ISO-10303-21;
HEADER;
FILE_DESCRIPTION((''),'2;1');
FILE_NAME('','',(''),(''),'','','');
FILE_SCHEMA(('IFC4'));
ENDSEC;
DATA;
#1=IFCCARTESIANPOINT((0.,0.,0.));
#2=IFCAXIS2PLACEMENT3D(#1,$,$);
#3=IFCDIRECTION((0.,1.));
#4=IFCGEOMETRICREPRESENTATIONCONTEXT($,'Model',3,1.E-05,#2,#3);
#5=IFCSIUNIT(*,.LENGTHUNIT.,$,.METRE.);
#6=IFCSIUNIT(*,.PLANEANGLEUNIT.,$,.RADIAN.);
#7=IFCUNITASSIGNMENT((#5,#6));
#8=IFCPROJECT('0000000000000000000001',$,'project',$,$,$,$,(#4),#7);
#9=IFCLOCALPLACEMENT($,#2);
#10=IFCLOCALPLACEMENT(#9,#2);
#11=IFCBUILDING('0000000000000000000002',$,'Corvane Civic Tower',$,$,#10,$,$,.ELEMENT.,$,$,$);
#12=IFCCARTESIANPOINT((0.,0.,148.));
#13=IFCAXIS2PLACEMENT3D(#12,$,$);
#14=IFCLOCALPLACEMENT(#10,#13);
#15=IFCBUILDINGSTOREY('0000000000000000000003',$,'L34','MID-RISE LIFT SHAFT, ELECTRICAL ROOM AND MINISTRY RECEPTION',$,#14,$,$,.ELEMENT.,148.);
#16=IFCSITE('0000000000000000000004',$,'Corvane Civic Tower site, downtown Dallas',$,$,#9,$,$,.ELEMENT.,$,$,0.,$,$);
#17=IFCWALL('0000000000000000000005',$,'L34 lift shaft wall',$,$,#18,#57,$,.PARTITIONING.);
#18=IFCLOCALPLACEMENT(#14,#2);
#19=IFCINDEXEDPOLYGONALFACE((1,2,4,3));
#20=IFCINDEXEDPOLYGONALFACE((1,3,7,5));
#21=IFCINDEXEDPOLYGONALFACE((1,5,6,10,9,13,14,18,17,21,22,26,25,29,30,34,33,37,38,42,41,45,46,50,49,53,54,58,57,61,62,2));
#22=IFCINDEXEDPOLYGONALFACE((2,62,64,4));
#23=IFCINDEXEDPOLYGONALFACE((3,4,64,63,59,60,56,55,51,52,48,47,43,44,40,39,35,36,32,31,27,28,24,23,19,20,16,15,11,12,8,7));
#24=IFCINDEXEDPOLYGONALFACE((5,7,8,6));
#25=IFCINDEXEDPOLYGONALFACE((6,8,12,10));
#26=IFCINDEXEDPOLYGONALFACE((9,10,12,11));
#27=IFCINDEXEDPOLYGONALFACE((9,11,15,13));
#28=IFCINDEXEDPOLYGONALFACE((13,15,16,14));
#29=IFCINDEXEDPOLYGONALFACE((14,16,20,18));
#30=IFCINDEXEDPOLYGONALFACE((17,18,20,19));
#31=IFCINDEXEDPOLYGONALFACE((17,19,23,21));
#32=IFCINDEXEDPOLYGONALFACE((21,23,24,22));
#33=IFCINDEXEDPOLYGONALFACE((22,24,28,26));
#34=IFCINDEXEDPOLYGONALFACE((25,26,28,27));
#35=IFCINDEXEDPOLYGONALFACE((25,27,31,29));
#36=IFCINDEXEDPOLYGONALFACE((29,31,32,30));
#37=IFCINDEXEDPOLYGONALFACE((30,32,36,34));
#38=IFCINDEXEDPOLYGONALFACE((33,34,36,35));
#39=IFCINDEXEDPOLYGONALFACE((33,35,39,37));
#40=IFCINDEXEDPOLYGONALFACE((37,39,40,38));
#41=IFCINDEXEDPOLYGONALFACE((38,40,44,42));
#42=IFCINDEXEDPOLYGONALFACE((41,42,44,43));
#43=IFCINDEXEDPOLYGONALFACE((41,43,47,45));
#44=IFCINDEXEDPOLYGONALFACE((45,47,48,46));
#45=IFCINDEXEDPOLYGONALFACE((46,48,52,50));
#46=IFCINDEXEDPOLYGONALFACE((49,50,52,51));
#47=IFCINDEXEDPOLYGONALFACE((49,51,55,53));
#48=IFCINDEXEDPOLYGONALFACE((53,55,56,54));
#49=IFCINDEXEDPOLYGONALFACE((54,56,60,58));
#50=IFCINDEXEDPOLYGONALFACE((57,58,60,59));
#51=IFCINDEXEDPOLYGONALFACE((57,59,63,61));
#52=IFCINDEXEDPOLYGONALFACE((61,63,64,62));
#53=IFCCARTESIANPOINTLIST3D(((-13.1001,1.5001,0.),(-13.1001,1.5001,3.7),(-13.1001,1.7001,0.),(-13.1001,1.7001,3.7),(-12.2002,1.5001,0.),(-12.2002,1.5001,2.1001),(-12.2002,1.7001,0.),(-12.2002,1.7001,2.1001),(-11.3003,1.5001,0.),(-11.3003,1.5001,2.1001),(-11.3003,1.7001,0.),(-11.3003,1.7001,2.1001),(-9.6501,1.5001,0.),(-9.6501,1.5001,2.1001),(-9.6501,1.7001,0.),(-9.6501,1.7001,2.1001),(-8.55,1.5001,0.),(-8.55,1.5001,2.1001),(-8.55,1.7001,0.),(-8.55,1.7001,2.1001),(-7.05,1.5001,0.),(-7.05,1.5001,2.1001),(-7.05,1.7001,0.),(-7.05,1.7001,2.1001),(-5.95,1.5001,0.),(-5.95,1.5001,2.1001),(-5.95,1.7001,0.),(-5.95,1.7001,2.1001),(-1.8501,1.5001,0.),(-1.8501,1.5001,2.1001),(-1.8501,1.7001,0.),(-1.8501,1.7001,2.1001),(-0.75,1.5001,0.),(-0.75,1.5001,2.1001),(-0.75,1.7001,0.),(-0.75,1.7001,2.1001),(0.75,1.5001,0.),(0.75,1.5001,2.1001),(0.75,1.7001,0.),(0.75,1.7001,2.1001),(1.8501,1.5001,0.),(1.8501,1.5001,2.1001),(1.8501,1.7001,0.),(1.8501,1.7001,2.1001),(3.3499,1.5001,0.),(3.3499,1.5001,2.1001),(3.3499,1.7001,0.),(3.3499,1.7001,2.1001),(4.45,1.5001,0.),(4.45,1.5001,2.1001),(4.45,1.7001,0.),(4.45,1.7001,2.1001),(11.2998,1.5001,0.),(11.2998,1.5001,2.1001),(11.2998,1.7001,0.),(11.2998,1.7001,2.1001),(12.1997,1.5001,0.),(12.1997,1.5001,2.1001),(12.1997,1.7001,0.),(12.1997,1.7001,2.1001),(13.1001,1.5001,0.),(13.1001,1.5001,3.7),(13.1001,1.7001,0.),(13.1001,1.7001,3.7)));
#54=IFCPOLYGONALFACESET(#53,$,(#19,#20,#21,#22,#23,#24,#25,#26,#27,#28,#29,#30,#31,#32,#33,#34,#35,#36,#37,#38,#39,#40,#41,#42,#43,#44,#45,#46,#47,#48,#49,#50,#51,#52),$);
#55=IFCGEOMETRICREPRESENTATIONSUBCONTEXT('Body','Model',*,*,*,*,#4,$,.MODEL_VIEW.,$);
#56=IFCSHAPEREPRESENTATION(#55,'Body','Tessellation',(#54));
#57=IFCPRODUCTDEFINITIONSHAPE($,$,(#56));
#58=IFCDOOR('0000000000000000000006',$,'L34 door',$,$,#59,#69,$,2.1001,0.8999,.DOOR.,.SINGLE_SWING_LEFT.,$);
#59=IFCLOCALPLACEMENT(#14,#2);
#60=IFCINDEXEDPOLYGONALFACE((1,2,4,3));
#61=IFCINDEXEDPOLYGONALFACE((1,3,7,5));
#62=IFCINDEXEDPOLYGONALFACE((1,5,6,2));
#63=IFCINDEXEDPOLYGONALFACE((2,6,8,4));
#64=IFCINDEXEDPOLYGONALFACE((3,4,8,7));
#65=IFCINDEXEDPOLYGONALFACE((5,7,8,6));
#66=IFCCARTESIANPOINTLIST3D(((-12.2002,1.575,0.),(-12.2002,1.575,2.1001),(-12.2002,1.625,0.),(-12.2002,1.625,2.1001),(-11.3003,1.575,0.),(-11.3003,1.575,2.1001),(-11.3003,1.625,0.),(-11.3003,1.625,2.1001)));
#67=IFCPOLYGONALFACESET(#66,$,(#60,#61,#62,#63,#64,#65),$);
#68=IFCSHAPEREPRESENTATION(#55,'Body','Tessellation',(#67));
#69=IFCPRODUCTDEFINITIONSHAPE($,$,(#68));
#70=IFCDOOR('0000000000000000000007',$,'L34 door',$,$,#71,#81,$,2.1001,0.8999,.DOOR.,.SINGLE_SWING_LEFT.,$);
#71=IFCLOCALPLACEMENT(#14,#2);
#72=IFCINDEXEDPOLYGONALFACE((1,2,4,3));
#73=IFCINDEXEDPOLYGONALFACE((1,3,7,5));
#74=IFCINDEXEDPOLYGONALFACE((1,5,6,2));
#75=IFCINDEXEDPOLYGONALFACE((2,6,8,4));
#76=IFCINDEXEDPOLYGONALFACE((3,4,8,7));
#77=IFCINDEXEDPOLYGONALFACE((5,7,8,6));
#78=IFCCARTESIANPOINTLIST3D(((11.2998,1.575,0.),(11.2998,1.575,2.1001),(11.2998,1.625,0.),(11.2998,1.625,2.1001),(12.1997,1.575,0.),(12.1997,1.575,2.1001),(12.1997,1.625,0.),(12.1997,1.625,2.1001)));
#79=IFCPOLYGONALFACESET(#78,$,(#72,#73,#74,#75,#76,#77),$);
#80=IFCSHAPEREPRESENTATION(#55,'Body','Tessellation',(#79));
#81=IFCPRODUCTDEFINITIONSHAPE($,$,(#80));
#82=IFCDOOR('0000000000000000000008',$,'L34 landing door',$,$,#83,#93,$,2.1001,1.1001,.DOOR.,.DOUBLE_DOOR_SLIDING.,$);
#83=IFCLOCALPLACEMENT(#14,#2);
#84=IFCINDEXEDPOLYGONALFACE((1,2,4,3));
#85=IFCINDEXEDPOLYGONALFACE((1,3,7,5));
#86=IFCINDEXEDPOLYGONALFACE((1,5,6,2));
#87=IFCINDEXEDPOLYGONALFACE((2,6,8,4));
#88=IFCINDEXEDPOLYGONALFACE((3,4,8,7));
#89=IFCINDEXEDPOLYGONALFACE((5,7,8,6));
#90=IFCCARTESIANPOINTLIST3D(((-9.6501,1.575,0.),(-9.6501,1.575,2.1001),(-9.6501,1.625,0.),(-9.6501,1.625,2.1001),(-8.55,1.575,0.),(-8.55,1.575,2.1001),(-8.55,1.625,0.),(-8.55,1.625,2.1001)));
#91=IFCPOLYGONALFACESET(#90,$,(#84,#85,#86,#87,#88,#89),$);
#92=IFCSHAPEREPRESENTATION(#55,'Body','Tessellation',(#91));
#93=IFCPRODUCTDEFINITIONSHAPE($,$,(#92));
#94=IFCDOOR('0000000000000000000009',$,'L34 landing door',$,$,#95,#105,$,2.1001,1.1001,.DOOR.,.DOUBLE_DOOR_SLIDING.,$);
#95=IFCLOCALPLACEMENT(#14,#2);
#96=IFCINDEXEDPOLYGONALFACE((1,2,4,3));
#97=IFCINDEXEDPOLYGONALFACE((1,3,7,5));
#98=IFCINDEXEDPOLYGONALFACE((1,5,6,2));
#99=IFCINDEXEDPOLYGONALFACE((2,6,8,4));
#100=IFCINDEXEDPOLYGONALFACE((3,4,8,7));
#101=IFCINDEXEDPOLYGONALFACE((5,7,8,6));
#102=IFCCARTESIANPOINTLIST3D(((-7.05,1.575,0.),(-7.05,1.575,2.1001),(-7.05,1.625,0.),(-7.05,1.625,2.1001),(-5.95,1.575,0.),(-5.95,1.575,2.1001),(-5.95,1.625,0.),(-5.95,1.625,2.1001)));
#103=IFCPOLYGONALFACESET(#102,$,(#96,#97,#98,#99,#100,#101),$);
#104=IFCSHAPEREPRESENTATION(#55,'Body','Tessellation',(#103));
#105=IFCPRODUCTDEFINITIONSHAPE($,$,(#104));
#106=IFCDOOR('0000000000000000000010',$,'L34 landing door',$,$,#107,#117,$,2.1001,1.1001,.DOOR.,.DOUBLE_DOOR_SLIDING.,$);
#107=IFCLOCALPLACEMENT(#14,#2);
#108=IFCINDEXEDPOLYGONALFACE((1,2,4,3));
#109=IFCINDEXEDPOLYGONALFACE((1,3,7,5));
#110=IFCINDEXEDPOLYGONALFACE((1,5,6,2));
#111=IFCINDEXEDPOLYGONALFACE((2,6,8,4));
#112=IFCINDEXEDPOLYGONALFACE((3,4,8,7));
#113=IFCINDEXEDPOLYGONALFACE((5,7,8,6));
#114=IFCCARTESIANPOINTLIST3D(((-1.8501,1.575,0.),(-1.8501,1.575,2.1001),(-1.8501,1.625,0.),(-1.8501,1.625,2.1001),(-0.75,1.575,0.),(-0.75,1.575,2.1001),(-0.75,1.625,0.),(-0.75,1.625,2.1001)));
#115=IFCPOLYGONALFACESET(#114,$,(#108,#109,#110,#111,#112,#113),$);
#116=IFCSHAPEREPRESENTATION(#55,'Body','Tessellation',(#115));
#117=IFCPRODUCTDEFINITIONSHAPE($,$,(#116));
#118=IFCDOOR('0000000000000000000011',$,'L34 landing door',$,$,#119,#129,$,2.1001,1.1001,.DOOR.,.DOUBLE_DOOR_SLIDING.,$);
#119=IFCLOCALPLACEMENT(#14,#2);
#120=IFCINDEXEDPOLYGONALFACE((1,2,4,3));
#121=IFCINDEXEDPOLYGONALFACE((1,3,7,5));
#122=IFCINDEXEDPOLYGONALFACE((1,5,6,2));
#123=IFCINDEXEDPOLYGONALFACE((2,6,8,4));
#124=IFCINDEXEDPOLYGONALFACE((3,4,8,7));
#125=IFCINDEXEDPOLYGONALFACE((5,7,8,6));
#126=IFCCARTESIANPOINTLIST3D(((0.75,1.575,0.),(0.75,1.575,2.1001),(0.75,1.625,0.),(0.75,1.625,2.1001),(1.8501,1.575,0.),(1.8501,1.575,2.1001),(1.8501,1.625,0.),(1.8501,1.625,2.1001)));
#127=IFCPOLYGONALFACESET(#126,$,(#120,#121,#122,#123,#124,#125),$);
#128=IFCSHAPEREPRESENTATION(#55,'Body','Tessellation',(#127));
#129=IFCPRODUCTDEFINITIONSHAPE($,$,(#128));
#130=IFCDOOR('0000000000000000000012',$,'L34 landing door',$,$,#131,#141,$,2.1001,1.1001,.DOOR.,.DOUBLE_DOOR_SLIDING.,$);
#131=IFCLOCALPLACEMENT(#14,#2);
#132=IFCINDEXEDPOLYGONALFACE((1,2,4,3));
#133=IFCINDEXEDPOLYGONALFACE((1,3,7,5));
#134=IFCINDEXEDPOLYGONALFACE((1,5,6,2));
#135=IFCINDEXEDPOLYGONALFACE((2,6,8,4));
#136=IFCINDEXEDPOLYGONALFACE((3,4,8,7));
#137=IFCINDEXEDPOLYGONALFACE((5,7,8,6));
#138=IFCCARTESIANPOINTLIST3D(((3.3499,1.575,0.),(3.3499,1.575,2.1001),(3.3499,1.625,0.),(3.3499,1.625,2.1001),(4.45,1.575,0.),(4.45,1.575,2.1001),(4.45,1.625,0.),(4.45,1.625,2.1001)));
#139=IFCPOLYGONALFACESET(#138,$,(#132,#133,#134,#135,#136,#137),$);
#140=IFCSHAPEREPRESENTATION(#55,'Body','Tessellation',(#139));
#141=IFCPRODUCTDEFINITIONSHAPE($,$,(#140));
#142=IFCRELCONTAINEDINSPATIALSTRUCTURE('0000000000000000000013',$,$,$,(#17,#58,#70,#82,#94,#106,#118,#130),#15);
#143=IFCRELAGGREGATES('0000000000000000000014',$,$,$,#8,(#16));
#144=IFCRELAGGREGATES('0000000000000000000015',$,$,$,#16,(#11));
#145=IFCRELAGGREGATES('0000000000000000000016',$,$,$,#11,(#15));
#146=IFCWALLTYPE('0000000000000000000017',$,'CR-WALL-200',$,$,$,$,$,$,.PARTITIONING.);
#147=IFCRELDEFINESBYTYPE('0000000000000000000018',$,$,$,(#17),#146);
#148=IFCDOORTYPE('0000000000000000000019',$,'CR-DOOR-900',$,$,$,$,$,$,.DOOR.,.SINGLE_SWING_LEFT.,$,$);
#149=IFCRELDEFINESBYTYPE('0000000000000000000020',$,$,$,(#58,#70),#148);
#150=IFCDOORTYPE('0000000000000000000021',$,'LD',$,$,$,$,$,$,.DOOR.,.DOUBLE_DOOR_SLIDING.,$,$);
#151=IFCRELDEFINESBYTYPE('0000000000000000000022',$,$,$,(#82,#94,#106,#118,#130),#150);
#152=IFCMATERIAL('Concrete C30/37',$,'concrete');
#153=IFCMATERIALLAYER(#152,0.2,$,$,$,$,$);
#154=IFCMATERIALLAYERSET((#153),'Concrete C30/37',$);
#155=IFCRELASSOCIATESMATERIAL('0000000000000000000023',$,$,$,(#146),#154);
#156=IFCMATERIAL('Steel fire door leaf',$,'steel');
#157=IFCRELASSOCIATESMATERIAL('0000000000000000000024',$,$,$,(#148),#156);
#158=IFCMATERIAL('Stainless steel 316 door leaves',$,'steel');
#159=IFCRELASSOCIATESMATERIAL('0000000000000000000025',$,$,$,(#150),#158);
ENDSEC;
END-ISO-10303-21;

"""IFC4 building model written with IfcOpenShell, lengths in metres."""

from ifc_helpers import new_model, si_unit, direction, frame, frame_2d, origin, place, context, subcontext, project, spatial, rectangle, extrude, material, layer, layer_set, type_object, element, fill, save


model = new_model("IFC4")

# Units and contexts
model_context = context("Model", 3, precision=1e-05, world=origin(), true_north=direction((0.0, 1.0)))
body_context = subcontext(model_context, "Body", "Model", "MODEL_VIEW")
ifc_project = project(units=[si_unit("LENGTHUNIT", "METRE"), si_unit("PLANEANGLEUNIT", "RADIAN")], contexts=[model_context])

# Site, building, storey
site_placement = place(None, origin())
site = spatial("IfcSite", under=ifc_project, at=site_placement, Name="Corvane Civic Tower site, downtown Dallas", CompositionType="ELEMENT", RefElevation=0.0)
building_placement = place(site_placement, origin())
building = spatial("IfcBuilding", under=site, at=building_placement, Name="Corvane Civic Tower", CompositionType="ELEMENT")
storey_placement = place(building_placement, frame((0.0, 0.0, 148.0)))
storey = spatial("IfcBuildingStorey", under=building, at=storey_placement, Name="L34", Description="MID-RISE LIFT SHAFT, ELECTRICAL ROOM AND MINISTRY RECEPTION", CompositionType="ELEMENT", Elevation=148.0)

# Wall, openings, doors
ifc_material_1 = material(Name="Concrete C30/37", Category="concrete")
ifc_layer_1 = layer(ifc_material_1, 0.2)
ifc_layer_set_1 = layer_set([ifc_layer_1], Name="Concrete C30/37")
wall_type_1 = type_object("IfcWallType", Name="CR-WALL-200", PredefinedType="PARTITIONING", material=ifc_layer_set_1)
wall_1_placement = place(storey_placement, frame((-13.1001, 1.6001, 0.0), z_axis=(0.0, 0.0, 1.0), x_axis=(1.0, 0.0, 0.0)))
wall_1 = element("IfcWall", 1, at=wall_1_placement, inside=storey, type_object=wall_type_1, Name="L34 lift shaft wall", PredefinedType="PARTITIONING", context=body_context, shape_type="SweptSolid", body=[
    extrude(rectangle(XDim=26.2002, YDim=0.2, at=frame_2d((13.1001, 0.0))), origin(), (0.0, 0.0, 1.0), 3.7),
])
opening_1_placement = place(wall_1_placement, frame((3.45, 0.0, 0.0)))
opening_1 = element("IfcOpeningElement", 2, at=opening_1_placement, cuts=wall_1, PredefinedType="OPENING", context=body_context, shape_type="SweptSolid", body=[
    extrude(rectangle(XDim=1.1001, YDim=2.1001, at=frame_2d((0.55, 1.05))), frame((0.0, 0.1099, 0.0), z_axis=(0.0, -1.0, 0.0), x_axis=(1.0, 0.0, 0.0)), (0.0, 0.0, 1.0), 0.22),
])
opening_2_placement = place(wall_1_placement, frame((6.05, 0.0, 0.0)))
opening_2 = element("IfcOpeningElement", 3, at=opening_2_placement, cuts=wall_1, PredefinedType="OPENING", context=body_context, shape_type="SweptSolid", body=[
    extrude(rectangle(XDim=1.1001, YDim=2.1001, at=frame_2d((0.55, 1.05))), frame((0.0, 0.1099, 0.0), z_axis=(0.0, -1.0, 0.0), x_axis=(1.0, 0.0, 0.0)), (0.0, 0.0, 1.0), 0.22),
])
opening_3_placement = place(wall_1_placement, frame((11.25, 0.0, 0.0)))
opening_3 = element("IfcOpeningElement", 4, at=opening_3_placement, cuts=wall_1, PredefinedType="OPENING", context=body_context, shape_type="SweptSolid", body=[
    extrude(rectangle(XDim=1.1001, YDim=2.1001, at=frame_2d((0.55, 1.05))), frame((0.0, 0.1099, 0.0), z_axis=(0.0, -1.0, 0.0), x_axis=(1.0, 0.0, 0.0)), (0.0, 0.0, 1.0), 0.22),
])
opening_4_placement = place(wall_1_placement, frame((13.8501, 0.0, 0.0)))
opening_4 = element("IfcOpeningElement", 5, at=opening_4_placement, cuts=wall_1, PredefinedType="OPENING", context=body_context, shape_type="SweptSolid", body=[
    extrude(rectangle(XDim=1.1001, YDim=2.1001, at=frame_2d((0.55, 1.05))), frame((0.0, 0.1099, 0.0), z_axis=(0.0, -1.0, 0.0), x_axis=(1.0, 0.0, 0.0)), (0.0, 0.0, 1.0), 0.22),
])
opening_5_placement = place(wall_1_placement, frame((16.45, 0.0, 0.0)))
opening_5 = element("IfcOpeningElement", 6, at=opening_5_placement, cuts=wall_1, PredefinedType="OPENING", context=body_context, shape_type="SweptSolid", body=[
    extrude(rectangle(XDim=1.1001, YDim=2.1001, at=frame_2d((0.55, 1.05))), frame((0.0, 0.1099, 0.0), z_axis=(0.0, -1.0, 0.0), x_axis=(1.0, 0.0, 0.0)), (0.0, 0.0, 1.0), 0.22),
])
opening_6_placement = place(wall_1_placement, frame((0.8999, 0.0, 0.0)))
opening_6 = element("IfcOpeningElement", 7, at=opening_6_placement, cuts=wall_1, PredefinedType="OPENING", context=body_context, shape_type="SweptSolid", body=[
    extrude(rectangle(XDim=0.8999, YDim=2.1001, at=frame_2d((0.45, 1.05))), frame((0.0, 0.1099, 0.0), z_axis=(0.0, -1.0, 0.0), x_axis=(1.0, 0.0, 0.0)), (0.0, 0.0, 1.0), 0.22),
])
opening_7_placement = place(wall_1_placement, frame((24.3999, 0.0, 0.0)))
opening_7 = element("IfcOpeningElement", 8, at=opening_7_placement, cuts=wall_1, PredefinedType="OPENING", context=body_context, shape_type="SweptSolid", body=[
    extrude(rectangle(XDim=0.8999, YDim=2.1001, at=frame_2d((0.45, 1.05))), frame((0.0, 0.1099, 0.0), z_axis=(0.0, -1.0, 0.0), x_axis=(1.0, 0.0, 0.0)), (0.0, 0.0, 1.0), 0.22),
])
ifc_material_2 = material(Name="Steel fire door leaf", Category="steel")
door_type_1 = type_object("IfcDoorType", Name="CR-DOOR-900", OperationType="SINGLE_SWING_LEFT", PredefinedType="DOOR", material=ifc_material_2)
door_1_placement = place(opening_6_placement, origin())
door_1 = element("IfcDoor", 9, at=door_1_placement, inside=storey, type_object=door_type_1, Name="L34 door", OperationType="SINGLE_SWING_LEFT", OverallHeight=2.1001, OverallWidth=0.8999, PredefinedType="DOOR", context=body_context, shape_type="SweptSolid", body=[
    extrude(rectangle(XDim=0.8999, YDim=2.1001, at=frame_2d((0.45, 1.05))), frame((0.0, 0.0249, 0.0), z_axis=(0.0, -1.0, 0.0), x_axis=(1.0, 0.0, 0.0)), (0.0, 0.0, 1.0), 0.05),
])
fill(opening_6, door_1)
door_2_placement = place(opening_7_placement, origin())
door_2 = element("IfcDoor", 10, at=door_2_placement, inside=storey, type_object=door_type_1, Name="L34 door", OperationType="SINGLE_SWING_LEFT", OverallHeight=2.1001, OverallWidth=0.8999, PredefinedType="DOOR", context=body_context, shape_type="SweptSolid", body=[
    extrude(rectangle(XDim=0.8999, YDim=2.1001, at=frame_2d((0.45, 1.05))), frame((0.0, 0.0249, 0.0), z_axis=(0.0, -1.0, 0.0), x_axis=(1.0, 0.0, 0.0)), (0.0, 0.0, 1.0), 0.05),
])
fill(opening_7, door_2)
ifc_material_3 = material(Name="Stainless steel 316 door leaves", Category="steel")
door_type_2 = type_object("IfcDoorType", Name="LD", OperationType="DOUBLE_DOOR_SLIDING", PredefinedType="DOOR", material=ifc_material_3)
door_3_placement = place(opening_1_placement, origin())
door_3 = element("IfcDoor", 11, at=door_3_placement, inside=storey, type_object=door_type_2, Name="L34 landing door", OperationType="DOUBLE_DOOR_SLIDING", OverallHeight=2.1001, OverallWidth=1.1001, PredefinedType="DOOR", context=body_context, shape_type="SweptSolid", body=[
    extrude(rectangle(XDim=1.1001, YDim=2.1001, at=frame_2d((0.55, 1.05))), frame((0.0, 0.0249, 0.0), z_axis=(0.0, -1.0, 0.0), x_axis=(1.0, 0.0, 0.0)), (0.0, 0.0, 1.0), 0.05),
])
fill(opening_1, door_3)
door_4_placement = place(opening_2_placement, origin())
door_4 = element("IfcDoor", 12, at=door_4_placement, inside=storey, type_object=door_type_2, Name="L34 landing door", OperationType="DOUBLE_DOOR_SLIDING", OverallHeight=2.1001, OverallWidth=1.1001, PredefinedType="DOOR", context=body_context, shape_type="SweptSolid", body=[
    extrude(rectangle(XDim=1.1001, YDim=2.1001, at=frame_2d((0.55, 1.05))), frame((0.0, 0.0249, 0.0), z_axis=(0.0, -1.0, 0.0), x_axis=(1.0, 0.0, 0.0)), (0.0, 0.0, 1.0), 0.05),
])
fill(opening_2, door_4)
door_5_placement = place(opening_3_placement, origin())
door_5 = element("IfcDoor", 13, at=door_5_placement, inside=storey, type_object=door_type_2, Name="L34 landing door", OperationType="DOUBLE_DOOR_SLIDING", OverallHeight=2.1001, OverallWidth=1.1001, PredefinedType="DOOR", context=body_context, shape_type="SweptSolid", body=[
    extrude(rectangle(XDim=1.1001, YDim=2.1001, at=frame_2d((0.55, 1.05))), frame((0.0, 0.0249, 0.0), z_axis=(0.0, -1.0, 0.0), x_axis=(1.0, 0.0, 0.0)), (0.0, 0.0, 1.0), 0.05),
])
fill(opening_3, door_5)
door_6_placement = place(opening_4_placement, origin())
door_6 = element("IfcDoor", 14, at=door_6_placement, inside=storey, type_object=door_type_2, Name="L34 landing door", OperationType="DOUBLE_DOOR_SLIDING", OverallHeight=2.1001, OverallWidth=1.1001, PredefinedType="DOOR", context=body_context, shape_type="SweptSolid", body=[
    extrude(rectangle(XDim=1.1001, YDim=2.1001, at=frame_2d((0.55, 1.05))), frame((0.0, 0.0249, 0.0), z_axis=(0.0, -1.0, 0.0), x_axis=(1.0, 0.0, 0.0)), (0.0, 0.0, 1.0), 0.05),
])
fill(opening_4, door_6)
door_7_placement = place(opening_5_placement, origin())
door_7 = element("IfcDoor", 15, at=door_7_placement, inside=storey, type_object=door_type_2, Name="L34 landing door", OperationType="DOUBLE_DOOR_SLIDING", OverallHeight=2.1001, OverallWidth=1.1001, PredefinedType="DOOR", context=body_context, shape_type="SweptSolid", body=[
    extrude(rectangle(XDim=1.1001, YDim=2.1001, at=frame_2d((0.55, 1.05))), frame((0.0, 0.0249, 0.0), z_axis=(0.0, -1.0, 0.0), x_axis=(1.0, 0.0, 0.0)), (0.0, 0.0, 1.0), 0.05),
])
fill(opening_5, door_7)

save(model, "model.ifc")
